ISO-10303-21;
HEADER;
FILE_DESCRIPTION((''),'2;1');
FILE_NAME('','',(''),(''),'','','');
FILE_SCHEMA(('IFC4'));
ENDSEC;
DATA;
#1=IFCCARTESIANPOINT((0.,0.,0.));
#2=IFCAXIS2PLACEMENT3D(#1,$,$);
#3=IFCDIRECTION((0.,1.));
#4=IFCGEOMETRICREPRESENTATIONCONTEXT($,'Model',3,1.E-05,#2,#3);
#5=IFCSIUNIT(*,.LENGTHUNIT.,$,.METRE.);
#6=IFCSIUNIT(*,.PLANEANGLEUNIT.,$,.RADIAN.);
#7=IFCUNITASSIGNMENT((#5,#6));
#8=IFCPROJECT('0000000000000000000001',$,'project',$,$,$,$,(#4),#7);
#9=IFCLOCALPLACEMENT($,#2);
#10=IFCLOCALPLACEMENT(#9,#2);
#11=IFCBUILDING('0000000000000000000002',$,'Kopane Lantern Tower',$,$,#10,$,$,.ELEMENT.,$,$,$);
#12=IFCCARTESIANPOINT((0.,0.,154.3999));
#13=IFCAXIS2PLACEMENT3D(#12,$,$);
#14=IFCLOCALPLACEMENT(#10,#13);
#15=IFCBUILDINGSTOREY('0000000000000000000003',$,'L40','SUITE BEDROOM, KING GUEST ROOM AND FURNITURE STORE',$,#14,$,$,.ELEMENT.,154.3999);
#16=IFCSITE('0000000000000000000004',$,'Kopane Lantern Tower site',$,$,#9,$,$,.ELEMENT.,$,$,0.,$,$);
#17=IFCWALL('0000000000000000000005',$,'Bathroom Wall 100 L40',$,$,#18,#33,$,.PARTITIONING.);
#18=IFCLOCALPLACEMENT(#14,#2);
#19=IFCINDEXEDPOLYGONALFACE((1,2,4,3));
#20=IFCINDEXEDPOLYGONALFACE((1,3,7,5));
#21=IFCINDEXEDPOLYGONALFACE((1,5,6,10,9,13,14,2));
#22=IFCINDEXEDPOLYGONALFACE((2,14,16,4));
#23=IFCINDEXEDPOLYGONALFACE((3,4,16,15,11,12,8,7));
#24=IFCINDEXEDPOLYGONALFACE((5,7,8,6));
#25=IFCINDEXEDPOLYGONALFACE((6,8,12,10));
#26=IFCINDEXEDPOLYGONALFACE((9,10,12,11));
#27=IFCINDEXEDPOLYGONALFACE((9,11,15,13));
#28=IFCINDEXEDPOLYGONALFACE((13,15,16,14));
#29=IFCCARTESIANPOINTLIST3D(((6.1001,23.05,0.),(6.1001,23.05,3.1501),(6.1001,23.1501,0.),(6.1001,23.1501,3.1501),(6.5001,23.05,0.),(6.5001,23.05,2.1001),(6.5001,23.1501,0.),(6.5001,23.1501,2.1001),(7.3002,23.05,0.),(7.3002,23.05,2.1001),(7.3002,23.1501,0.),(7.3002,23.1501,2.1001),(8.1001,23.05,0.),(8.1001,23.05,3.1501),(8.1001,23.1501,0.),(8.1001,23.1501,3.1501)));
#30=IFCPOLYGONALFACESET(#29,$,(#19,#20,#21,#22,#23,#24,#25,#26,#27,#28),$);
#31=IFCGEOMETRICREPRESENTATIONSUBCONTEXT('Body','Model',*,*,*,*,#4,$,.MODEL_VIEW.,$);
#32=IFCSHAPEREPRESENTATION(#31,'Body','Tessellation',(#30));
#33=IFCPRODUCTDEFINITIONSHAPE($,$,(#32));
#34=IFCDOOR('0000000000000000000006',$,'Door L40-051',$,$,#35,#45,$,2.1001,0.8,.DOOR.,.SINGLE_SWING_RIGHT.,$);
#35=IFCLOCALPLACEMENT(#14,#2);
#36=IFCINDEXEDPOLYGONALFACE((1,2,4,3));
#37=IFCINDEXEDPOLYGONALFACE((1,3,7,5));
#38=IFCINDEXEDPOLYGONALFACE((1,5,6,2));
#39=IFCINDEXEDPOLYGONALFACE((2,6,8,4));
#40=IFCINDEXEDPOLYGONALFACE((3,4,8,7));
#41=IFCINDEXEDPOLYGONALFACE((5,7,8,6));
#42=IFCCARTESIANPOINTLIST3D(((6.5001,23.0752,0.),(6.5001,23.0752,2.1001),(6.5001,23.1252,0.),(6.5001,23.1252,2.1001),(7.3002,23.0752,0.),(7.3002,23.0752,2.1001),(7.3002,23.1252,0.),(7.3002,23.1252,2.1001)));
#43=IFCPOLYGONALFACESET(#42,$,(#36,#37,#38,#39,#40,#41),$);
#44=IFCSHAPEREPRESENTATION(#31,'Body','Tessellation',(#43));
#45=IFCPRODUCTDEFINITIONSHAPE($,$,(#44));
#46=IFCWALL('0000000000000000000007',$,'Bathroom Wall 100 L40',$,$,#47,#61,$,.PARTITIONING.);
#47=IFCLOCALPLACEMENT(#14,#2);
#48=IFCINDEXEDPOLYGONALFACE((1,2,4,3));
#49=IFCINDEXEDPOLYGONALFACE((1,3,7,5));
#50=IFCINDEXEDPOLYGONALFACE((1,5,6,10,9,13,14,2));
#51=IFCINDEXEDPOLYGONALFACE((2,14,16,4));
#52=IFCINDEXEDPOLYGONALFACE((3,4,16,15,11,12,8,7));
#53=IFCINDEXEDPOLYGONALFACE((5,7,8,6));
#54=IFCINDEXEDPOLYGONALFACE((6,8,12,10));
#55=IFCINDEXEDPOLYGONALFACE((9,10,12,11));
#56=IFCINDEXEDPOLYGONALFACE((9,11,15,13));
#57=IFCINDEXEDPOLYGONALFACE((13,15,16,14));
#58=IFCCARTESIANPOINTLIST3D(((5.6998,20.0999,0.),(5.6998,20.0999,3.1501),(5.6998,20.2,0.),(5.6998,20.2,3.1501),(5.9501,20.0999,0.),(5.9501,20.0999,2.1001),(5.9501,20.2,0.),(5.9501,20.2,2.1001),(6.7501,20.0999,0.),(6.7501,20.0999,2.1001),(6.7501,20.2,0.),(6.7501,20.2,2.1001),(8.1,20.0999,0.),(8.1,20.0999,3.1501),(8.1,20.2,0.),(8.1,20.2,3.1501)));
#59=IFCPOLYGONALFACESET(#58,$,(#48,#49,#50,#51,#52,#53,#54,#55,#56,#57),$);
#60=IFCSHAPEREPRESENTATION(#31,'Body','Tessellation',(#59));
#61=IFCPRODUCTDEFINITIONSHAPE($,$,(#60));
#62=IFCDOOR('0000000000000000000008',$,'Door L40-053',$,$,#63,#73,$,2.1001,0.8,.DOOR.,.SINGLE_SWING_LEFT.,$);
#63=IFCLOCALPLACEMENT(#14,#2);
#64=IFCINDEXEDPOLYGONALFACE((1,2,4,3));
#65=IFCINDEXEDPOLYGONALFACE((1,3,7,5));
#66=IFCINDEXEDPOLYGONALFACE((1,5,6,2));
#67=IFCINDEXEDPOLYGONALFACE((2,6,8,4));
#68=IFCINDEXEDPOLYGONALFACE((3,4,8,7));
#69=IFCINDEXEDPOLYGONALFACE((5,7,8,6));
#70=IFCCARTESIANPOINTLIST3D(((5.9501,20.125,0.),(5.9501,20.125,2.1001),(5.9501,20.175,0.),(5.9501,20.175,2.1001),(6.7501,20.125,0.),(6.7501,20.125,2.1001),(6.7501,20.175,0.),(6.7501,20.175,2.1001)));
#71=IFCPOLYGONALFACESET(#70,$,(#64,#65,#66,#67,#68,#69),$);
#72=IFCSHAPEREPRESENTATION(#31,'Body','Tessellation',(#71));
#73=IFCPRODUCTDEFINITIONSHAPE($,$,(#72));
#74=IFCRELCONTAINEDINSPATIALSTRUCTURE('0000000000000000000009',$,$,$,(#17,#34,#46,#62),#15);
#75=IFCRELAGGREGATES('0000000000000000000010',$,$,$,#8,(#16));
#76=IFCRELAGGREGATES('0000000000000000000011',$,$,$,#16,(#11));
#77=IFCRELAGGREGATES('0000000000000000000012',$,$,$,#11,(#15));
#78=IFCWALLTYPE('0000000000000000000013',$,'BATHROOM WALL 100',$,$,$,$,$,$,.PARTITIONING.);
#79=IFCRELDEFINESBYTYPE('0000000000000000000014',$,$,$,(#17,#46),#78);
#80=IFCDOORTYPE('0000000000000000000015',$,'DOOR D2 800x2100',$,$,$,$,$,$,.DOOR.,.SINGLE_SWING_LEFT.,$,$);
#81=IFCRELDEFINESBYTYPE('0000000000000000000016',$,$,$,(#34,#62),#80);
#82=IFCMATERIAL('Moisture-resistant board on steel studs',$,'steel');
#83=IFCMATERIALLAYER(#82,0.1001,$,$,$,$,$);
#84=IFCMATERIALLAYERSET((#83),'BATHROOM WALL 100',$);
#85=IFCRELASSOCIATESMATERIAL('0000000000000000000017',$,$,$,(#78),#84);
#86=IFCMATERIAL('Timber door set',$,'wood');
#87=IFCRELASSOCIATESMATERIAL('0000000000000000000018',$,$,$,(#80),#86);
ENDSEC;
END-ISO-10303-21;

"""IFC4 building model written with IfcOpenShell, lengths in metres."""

from ifc_helpers import new_model, si_unit, direction, frame, frame_2d, origin, place, context, subcontext, project, spatial, rectangle, extrude, material, layer, layer_set, type_object, element, fill, save


model = new_model("IFC4")

# Units and contexts
model_context = context("Model", 3, precision=1e-05, world=origin(), true_north=direction((0.0, 1.0)))
body_context = subcontext(model_context, "Body", "Model", "MODEL_VIEW")
ifc_project = project(units=[si_unit("LENGTHUNIT", "METRE"), si_unit("PLANEANGLEUNIT", "RADIAN")], contexts=[model_context])

# Site, building, storey
site_placement = place(None, origin())
site = spatial("IfcSite", under=ifc_project, at=site_placement, Name="Kopane Lantern Tower site", CompositionType="ELEMENT", RefElevation=0.0)
building_placement = place(site_placement, origin())
building = spatial("IfcBuilding", under=site, at=building_placement, Name="Kopane Lantern Tower", CompositionType="ELEMENT")
storey_placement = place(building_placement, frame((0.0, 0.0, 154.3999)))
storey = spatial("IfcBuildingStorey", under=building, at=storey_placement, Name="L40", Description="SUITE BEDROOM, KING GUEST ROOM AND FURNITURE STORE", CompositionType="ELEMENT", Elevation=154.3999)

# Shared definitions
ifc_material_1 = material(Name="Moisture-resistant board on steel studs", Category="steel")
ifc_layer_1 = layer(ifc_material_1, 0.1001)
ifc_layer_set_1 = layer_set([ifc_layer_1], Name="BATHROOM WALL 100")
wall_type_1 = type_object("IfcWallType", Name="BATHROOM WALL 100", PredefinedType="PARTITIONING", material=ifc_layer_set_1)

# Walls, openings, doors
wall_1_placement = place(storey_placement, frame((8.1001, 23.1001, 0.0), z_axis=(0.0, 0.0, 1.0), x_axis=(-1.0, 0.0, 0.0)))
wall_1 = element("IfcWall", 1, at=wall_1_placement, inside=storey, type_object=wall_type_1, Name="Bathroom Wall 100 L40", PredefinedType="PARTITIONING", context=body_context, shape_type="SweptSolid", body=[
    extrude(rectangle(XDim=2.0, YDim=0.1001, at=frame_2d((1.0, 0.0))), origin(), (0.0, 0.0, 1.0), 3.1501),
])
opening_1_placement = place(wall_1_placement, frame((0.8, 0.0, 0.0)))
opening_1 = element("IfcOpeningElement", 2, at=opening_1_placement, cuts=wall_1, PredefinedType="OPENING", context=body_context, shape_type="SweptSolid", body=[
    extrude(rectangle(XDim=0.8, YDim=2.1001, at=frame_2d((0.3999, 1.05))), frame((0.0, 0.0601, 0.0), z_axis=(0.0, -1.0, 0.0), x_axis=(1.0, 0.0, 0.0)), (0.0, 0.0, 1.0), 0.1201),
])
ifc_material_2 = material(Name="Timber door set", Category="wood")
door_type_1 = type_object("IfcDoorType", Name="DOOR D2 800x2100", OperationType="SINGLE_SWING_LEFT", PredefinedType="DOOR", material=ifc_material_2)
door_1_placement = place(opening_1_placement, origin())
door_1 = element("IfcDoor", 3, at=door_1_placement, inside=storey, type_object=door_type_1, Name="Door L40-051", OperationType="SINGLE_SWING_RIGHT", OverallHeight=2.1001, OverallWidth=0.8, PredefinedType="DOOR", context=body_context, shape_type="SweptSolid", body=[
    extrude(rectangle(XDim=0.8, YDim=2.1001, at=frame_2d((0.3999, 1.05))), frame((0.0, 0.0249, 0.0), z_axis=(0.0, -1.0, 0.0), x_axis=(1.0, 0.0, 0.0)), (0.0, 0.0, 1.0), 0.05),
])
fill(opening_1, door_1)
wall_2_placement = place(storey_placement, frame((8.1001, 20.1499, 0.0), z_axis=(0.0, 0.0, 1.0), x_axis=(-1.0, 0.0, 0.0)))
wall_2 = element("IfcWall", 4, at=wall_2_placement, inside=storey, type_object=wall_type_1, Name="Bathroom Wall 100 L40", PredefinedType="PARTITIONING", context=body_context, shape_type="SweptSolid", body=[
    extrude(rectangle(XDim=2.4001, YDim=0.1001, at=frame_2d((1.2002, 0.0))), origin(), (0.0, 0.0, 1.0), 3.1501),
])
opening_2_placement = place(wall_2_placement, frame((1.3501, 0.0, 0.0)))
opening_2 = element("IfcOpeningElement", 5, at=opening_2_placement, cuts=wall_2, PredefinedType="OPENING", context=body_context, shape_type="SweptSolid", body=[
    extrude(rectangle(XDim=0.8, YDim=2.1001, at=frame_2d((0.3999, 1.05))), frame((0.0, 0.0601, 0.0), z_axis=(0.0, -1.0, 0.0), x_axis=(1.0, 0.0, 0.0)), (0.0, 0.0, 1.0), 0.1201),
])
door_2_placement = place(opening_2_placement, origin())
door_2 = element("IfcDoor", 6, at=door_2_placement, inside=storey, type_object=door_type_1, Name="Door L40-053", OperationType="SINGLE_SWING_LEFT", OverallHeight=2.1001, OverallWidth=0.8, PredefinedType="DOOR", context=body_context, shape_type="SweptSolid", body=[
    extrude(rectangle(XDim=0.8, YDim=2.1001, at=frame_2d((0.3999, 1.05))), frame((0.0, 0.0249, 0.0), z_axis=(0.0, -1.0, 0.0), x_axis=(1.0, 0.0, 0.0)), (0.0, 0.0, 1.0), 0.05),
])
fill(opening_2, door_2)

save(model, "model.ifc")
